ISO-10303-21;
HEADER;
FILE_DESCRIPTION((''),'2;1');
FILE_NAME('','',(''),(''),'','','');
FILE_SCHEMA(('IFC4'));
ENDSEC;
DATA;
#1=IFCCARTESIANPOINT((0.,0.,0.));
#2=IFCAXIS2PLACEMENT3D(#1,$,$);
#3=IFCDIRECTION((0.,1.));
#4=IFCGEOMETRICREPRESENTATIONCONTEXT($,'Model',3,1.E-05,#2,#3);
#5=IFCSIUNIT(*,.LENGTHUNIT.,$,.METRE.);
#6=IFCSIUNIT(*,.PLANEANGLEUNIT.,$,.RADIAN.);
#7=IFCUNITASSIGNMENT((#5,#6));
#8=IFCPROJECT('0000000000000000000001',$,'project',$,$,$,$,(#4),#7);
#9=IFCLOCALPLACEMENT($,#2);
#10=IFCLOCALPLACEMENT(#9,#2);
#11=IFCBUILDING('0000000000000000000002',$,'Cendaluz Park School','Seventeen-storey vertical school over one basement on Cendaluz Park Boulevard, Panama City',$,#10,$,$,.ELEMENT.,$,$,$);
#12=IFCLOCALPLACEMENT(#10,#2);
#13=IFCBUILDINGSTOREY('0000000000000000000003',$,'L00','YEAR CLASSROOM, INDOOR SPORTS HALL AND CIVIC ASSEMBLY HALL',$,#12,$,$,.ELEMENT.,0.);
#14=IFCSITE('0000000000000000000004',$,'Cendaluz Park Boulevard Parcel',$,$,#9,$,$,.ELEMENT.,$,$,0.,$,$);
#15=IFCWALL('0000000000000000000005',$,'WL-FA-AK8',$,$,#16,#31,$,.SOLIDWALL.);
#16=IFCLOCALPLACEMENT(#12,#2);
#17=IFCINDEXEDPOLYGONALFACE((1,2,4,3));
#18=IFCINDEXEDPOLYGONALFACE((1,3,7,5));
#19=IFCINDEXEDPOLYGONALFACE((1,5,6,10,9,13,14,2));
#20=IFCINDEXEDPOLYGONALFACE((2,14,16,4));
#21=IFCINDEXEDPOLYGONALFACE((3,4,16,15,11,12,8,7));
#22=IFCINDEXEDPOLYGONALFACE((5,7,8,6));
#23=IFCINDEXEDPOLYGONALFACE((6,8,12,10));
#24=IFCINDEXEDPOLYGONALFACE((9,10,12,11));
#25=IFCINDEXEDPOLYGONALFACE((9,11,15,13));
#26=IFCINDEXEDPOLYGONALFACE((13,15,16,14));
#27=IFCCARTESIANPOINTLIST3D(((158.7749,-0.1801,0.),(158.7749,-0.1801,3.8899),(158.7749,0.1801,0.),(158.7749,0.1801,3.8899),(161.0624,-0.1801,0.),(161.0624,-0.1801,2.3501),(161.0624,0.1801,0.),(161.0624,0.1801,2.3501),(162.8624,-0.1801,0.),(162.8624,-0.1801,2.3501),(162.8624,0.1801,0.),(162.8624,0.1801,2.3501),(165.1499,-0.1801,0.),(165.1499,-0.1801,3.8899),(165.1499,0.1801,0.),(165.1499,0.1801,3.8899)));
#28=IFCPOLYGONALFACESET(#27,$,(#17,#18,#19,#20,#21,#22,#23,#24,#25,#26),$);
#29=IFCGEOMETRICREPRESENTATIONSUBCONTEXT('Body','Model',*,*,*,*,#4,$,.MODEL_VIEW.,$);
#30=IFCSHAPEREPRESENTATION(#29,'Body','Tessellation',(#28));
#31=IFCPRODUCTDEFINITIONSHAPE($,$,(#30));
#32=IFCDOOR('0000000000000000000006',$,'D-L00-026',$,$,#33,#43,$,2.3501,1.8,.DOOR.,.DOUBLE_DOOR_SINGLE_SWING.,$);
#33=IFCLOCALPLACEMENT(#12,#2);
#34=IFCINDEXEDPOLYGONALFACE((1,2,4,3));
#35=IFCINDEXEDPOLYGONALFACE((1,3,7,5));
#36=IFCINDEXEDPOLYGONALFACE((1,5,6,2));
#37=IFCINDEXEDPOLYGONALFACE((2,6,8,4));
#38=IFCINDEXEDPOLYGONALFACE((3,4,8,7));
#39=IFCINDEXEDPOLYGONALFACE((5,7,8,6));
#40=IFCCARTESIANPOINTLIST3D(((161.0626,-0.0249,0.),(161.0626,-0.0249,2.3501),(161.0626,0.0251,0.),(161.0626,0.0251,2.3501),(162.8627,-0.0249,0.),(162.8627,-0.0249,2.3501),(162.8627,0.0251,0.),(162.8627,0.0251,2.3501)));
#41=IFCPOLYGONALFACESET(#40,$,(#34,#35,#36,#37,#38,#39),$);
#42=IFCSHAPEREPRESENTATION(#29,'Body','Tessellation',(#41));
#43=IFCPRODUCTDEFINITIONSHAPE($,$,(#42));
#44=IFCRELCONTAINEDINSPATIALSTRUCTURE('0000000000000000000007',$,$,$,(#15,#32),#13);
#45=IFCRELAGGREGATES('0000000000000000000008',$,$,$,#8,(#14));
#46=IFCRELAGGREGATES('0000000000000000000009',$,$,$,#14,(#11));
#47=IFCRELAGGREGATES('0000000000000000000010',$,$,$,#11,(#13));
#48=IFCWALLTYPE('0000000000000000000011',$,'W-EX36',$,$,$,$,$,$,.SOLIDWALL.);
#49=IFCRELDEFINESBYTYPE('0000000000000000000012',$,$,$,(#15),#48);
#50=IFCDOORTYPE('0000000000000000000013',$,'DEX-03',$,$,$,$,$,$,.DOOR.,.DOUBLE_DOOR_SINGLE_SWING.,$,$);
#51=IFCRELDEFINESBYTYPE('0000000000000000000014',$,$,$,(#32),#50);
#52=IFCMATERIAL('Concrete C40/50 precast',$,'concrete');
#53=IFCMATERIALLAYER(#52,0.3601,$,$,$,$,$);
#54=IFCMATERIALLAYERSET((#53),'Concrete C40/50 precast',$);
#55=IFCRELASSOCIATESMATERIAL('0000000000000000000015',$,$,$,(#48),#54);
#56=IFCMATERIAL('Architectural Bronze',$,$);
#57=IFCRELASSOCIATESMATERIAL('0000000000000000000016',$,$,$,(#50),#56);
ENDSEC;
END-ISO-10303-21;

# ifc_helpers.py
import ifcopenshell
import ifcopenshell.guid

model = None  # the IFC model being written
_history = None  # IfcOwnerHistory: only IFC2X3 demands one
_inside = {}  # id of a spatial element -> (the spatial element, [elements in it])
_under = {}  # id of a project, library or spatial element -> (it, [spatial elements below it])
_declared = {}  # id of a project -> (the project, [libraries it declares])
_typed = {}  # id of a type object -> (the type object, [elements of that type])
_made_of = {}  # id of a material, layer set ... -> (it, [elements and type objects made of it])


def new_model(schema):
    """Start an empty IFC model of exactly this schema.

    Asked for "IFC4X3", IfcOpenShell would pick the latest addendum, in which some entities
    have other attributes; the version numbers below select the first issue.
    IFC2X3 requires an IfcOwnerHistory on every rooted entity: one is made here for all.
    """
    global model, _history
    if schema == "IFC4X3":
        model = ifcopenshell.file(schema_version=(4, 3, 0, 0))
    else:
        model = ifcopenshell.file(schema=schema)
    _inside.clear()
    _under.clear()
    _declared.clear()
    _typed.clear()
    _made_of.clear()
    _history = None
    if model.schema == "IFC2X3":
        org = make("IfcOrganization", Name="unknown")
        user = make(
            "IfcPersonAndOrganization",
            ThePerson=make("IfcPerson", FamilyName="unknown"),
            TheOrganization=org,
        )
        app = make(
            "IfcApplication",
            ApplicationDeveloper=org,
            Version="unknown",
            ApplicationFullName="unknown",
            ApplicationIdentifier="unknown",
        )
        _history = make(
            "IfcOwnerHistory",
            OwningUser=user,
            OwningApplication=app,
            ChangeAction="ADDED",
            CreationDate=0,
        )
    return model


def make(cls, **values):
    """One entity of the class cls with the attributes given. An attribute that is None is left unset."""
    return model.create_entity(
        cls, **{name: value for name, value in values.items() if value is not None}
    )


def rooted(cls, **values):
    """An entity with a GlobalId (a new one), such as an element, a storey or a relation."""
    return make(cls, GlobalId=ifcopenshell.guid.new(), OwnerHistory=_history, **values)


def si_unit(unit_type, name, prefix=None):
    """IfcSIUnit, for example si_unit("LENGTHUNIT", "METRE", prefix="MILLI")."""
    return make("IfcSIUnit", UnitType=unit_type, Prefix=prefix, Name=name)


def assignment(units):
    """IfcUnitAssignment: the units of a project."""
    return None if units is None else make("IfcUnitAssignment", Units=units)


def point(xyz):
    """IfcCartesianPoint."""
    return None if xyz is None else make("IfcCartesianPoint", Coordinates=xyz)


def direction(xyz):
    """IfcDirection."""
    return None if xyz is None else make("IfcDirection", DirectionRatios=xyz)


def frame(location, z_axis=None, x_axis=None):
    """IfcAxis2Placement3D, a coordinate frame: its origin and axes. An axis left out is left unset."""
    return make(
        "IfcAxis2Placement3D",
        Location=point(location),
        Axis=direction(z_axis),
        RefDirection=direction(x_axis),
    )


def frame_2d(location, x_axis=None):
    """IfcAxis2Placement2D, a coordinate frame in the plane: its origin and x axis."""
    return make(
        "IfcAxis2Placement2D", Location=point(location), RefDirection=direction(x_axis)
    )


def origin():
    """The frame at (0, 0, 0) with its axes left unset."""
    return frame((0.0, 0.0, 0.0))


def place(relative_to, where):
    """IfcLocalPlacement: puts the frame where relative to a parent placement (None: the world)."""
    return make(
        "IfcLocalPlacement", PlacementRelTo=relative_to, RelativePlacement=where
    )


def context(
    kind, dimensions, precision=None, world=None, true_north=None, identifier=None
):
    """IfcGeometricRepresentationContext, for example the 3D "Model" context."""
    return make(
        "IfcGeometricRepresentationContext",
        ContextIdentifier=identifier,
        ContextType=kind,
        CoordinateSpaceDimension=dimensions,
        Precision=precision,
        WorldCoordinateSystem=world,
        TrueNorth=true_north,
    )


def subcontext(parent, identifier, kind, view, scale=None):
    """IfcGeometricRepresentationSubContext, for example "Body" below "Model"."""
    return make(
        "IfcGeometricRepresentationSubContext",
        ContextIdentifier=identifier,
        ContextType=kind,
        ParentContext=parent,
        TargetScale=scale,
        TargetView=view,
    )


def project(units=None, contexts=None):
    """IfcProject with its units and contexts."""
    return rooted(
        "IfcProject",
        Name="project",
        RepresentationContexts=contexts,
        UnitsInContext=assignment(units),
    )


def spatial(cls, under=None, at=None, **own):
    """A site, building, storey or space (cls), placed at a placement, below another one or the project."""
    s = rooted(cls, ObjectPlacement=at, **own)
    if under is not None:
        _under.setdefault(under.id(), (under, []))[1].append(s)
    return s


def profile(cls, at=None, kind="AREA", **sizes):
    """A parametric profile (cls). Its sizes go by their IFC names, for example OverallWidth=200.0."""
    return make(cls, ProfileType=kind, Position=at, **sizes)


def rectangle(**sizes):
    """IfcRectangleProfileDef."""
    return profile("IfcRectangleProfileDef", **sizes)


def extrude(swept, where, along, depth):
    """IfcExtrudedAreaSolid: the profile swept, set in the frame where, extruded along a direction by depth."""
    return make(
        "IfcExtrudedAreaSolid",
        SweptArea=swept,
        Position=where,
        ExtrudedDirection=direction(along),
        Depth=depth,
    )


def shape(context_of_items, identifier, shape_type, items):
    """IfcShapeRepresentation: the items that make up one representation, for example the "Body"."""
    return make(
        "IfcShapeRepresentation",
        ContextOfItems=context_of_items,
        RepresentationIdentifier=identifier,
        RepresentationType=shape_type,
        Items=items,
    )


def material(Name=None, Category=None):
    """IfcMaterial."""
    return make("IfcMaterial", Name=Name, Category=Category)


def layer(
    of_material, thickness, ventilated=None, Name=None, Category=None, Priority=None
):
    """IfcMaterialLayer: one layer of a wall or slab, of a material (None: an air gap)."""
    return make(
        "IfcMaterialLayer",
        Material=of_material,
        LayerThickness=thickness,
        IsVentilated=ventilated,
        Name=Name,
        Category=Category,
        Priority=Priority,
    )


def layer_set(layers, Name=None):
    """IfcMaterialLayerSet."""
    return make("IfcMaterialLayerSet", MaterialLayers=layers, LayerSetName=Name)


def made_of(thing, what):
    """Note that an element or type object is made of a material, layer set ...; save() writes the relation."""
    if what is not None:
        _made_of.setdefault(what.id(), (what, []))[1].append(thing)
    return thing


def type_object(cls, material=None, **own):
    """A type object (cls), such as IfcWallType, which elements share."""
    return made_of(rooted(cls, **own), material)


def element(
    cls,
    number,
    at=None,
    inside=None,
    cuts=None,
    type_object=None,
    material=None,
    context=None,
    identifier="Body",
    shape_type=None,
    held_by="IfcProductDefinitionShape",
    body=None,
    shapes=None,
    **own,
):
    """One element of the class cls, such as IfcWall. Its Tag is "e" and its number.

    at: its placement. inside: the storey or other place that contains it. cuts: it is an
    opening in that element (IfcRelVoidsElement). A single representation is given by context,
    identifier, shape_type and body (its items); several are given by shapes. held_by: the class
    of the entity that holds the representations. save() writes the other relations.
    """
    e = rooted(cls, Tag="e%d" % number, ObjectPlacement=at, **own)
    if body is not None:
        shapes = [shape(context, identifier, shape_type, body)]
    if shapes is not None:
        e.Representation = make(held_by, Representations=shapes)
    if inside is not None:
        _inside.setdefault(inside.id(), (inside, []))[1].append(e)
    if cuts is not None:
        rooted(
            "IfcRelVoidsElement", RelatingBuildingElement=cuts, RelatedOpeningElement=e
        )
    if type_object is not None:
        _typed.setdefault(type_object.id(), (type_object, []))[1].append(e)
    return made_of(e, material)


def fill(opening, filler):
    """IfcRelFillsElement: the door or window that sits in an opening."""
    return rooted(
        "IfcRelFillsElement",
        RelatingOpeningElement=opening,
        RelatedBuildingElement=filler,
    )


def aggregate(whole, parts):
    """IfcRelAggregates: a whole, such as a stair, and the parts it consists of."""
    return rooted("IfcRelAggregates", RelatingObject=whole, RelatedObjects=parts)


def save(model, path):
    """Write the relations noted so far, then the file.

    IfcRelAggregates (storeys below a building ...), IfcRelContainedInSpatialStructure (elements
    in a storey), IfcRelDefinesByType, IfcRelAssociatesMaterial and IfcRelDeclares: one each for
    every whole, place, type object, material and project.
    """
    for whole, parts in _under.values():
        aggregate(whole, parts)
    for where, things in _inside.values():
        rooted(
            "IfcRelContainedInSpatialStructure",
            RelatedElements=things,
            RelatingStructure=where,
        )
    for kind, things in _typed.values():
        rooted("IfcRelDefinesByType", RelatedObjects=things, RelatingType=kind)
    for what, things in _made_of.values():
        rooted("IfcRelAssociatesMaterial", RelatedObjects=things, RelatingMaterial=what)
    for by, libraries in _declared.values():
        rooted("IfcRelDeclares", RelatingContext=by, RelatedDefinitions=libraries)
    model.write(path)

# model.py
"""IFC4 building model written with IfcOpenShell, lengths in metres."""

from ifc_helpers import new_model, si_unit, direction, frame, frame_2d, origin, place, context, subcontext, project, spatial, rectangle, extrude, material, layer, layer_set, type_object, element, fill, save


model = new_model("IFC4")

# Units and contexts
model_context = context("Model", 3, precision=1e-05, world=origin(), true_north=direction((0.0, 1.0)))
body_context = subcontext(model_context, "Body", "Model", "MODEL_VIEW")
ifc_project = project(units=[si_unit("LENGTHUNIT", "METRE"), si_unit("PLANEANGLEUNIT", "RADIAN")], contexts=[model_context])

# Site, building, storey
site_placement = place(None, origin())
site = spatial("IfcSite", under=ifc_project, at=site_placement, Name="Cendaluz Park Boulevard Parcel", CompositionType="ELEMENT", RefElevation=0.0)
building_placement = place(site_placement, origin())
building = spatial("IfcBuilding", under=site, at=building_placement, Name="Cendaluz Park School", Description="Seventeen-storey vertical school over one basement on Cendaluz Park Boulevard, Panama City", CompositionType="ELEMENT")
storey_placement = place(building_placement, origin())
storey = spatial("IfcBuildingStorey", under=building, at=storey_placement, Name="L00", Description="YEAR CLASSROOM, INDOOR SPORTS HALL AND CIVIC ASSEMBLY HALL", CompositionType="ELEMENT", Elevation=0.0)

# Wall, opening, door
ifc_material_1 = material(Name="Concrete C40/50 precast", Category="concrete")
ifc_layer_1 = layer(ifc_material_1, 0.3601)
ifc_layer_set_1 = layer_set([ifc_layer_1], Name="Concrete C40/50 precast")
wall_type_1 = type_object("IfcWallType", Name="W-EX36", PredefinedType="SOLIDWALL", material=ifc_layer_set_1)
ifc_material_2 = material(Name="Architectural Bronze")
wall_1_placement = place(storey_placement, frame((158.7749, 0.0, 0.0), z_axis=(0.0, 0.0, 1.0), x_axis=(1.0, 0.0, 0.0)))
wall_1 = element("IfcWall", 1, at=wall_1_placement, inside=storey, type_object=wall_type_1, Name="WL-FA-AK8", PredefinedType="SOLIDWALL", context=body_context, shape_type="SweptSolid", body=[
    extrude(rectangle(XDim=6.375, YDim=0.3601, at=frame_2d((3.1875, 0.0))), origin(), (0.0, 0.0, 1.0), 3.8899),
])
opening_1_placement = place(wall_1_placement, frame((2.2876, 0.0, 0.0)))
opening_1 = element("IfcOpeningElement", 2, at=opening_1_placement, cuts=wall_1, PredefinedType="OPENING", context=body_context, shape_type="SweptSolid", body=[
    extrude(rectangle(XDim=1.8, YDim=2.3501, at=frame_2d((0.8999, 1.175))), frame((0.0, 0.1921, 0.0), z_axis=(0.0, -1.0, 0.0), x_axis=(1.0, 0.0, 0.0)), (0.0, 0.0, 1.0), 0.384),
])
door_type_1 = type_object("IfcDoorType", Name="DEX-03", OperationType="DOUBLE_DOOR_SINGLE_SWING", PredefinedType="DOOR", material=ifc_material_2)
door_1_placement = place(opening_1_placement, frame((1.8, 0.0, 0.0), z_axis=(0.0, 0.0, 1.0), x_axis=(-1.0, 0.0, 0.0)))
door_1 = element("IfcDoor", 3, at=door_1_placement, inside=storey, type_object=door_type_1, Name="D-L00-026", OperationType="DOUBLE_DOOR_SINGLE_SWING", OverallHeight=2.3501, OverallWidth=1.8, PredefinedType="DOOR", context=body_context, shape_type="SweptSolid", body=[
    extrude(rectangle(XDim=1.8, YDim=2.3501, at=frame_2d((0.8999, 1.175))), frame((0.0, 0.0249, 0.0), z_axis=(0.0, -1.0, 0.0), x_axis=(1.0, 0.0, 0.0)), (0.0, 0.0, 1.0), 0.05),
])
fill(opening_1, door_1)

save(model, "model.ifc")
